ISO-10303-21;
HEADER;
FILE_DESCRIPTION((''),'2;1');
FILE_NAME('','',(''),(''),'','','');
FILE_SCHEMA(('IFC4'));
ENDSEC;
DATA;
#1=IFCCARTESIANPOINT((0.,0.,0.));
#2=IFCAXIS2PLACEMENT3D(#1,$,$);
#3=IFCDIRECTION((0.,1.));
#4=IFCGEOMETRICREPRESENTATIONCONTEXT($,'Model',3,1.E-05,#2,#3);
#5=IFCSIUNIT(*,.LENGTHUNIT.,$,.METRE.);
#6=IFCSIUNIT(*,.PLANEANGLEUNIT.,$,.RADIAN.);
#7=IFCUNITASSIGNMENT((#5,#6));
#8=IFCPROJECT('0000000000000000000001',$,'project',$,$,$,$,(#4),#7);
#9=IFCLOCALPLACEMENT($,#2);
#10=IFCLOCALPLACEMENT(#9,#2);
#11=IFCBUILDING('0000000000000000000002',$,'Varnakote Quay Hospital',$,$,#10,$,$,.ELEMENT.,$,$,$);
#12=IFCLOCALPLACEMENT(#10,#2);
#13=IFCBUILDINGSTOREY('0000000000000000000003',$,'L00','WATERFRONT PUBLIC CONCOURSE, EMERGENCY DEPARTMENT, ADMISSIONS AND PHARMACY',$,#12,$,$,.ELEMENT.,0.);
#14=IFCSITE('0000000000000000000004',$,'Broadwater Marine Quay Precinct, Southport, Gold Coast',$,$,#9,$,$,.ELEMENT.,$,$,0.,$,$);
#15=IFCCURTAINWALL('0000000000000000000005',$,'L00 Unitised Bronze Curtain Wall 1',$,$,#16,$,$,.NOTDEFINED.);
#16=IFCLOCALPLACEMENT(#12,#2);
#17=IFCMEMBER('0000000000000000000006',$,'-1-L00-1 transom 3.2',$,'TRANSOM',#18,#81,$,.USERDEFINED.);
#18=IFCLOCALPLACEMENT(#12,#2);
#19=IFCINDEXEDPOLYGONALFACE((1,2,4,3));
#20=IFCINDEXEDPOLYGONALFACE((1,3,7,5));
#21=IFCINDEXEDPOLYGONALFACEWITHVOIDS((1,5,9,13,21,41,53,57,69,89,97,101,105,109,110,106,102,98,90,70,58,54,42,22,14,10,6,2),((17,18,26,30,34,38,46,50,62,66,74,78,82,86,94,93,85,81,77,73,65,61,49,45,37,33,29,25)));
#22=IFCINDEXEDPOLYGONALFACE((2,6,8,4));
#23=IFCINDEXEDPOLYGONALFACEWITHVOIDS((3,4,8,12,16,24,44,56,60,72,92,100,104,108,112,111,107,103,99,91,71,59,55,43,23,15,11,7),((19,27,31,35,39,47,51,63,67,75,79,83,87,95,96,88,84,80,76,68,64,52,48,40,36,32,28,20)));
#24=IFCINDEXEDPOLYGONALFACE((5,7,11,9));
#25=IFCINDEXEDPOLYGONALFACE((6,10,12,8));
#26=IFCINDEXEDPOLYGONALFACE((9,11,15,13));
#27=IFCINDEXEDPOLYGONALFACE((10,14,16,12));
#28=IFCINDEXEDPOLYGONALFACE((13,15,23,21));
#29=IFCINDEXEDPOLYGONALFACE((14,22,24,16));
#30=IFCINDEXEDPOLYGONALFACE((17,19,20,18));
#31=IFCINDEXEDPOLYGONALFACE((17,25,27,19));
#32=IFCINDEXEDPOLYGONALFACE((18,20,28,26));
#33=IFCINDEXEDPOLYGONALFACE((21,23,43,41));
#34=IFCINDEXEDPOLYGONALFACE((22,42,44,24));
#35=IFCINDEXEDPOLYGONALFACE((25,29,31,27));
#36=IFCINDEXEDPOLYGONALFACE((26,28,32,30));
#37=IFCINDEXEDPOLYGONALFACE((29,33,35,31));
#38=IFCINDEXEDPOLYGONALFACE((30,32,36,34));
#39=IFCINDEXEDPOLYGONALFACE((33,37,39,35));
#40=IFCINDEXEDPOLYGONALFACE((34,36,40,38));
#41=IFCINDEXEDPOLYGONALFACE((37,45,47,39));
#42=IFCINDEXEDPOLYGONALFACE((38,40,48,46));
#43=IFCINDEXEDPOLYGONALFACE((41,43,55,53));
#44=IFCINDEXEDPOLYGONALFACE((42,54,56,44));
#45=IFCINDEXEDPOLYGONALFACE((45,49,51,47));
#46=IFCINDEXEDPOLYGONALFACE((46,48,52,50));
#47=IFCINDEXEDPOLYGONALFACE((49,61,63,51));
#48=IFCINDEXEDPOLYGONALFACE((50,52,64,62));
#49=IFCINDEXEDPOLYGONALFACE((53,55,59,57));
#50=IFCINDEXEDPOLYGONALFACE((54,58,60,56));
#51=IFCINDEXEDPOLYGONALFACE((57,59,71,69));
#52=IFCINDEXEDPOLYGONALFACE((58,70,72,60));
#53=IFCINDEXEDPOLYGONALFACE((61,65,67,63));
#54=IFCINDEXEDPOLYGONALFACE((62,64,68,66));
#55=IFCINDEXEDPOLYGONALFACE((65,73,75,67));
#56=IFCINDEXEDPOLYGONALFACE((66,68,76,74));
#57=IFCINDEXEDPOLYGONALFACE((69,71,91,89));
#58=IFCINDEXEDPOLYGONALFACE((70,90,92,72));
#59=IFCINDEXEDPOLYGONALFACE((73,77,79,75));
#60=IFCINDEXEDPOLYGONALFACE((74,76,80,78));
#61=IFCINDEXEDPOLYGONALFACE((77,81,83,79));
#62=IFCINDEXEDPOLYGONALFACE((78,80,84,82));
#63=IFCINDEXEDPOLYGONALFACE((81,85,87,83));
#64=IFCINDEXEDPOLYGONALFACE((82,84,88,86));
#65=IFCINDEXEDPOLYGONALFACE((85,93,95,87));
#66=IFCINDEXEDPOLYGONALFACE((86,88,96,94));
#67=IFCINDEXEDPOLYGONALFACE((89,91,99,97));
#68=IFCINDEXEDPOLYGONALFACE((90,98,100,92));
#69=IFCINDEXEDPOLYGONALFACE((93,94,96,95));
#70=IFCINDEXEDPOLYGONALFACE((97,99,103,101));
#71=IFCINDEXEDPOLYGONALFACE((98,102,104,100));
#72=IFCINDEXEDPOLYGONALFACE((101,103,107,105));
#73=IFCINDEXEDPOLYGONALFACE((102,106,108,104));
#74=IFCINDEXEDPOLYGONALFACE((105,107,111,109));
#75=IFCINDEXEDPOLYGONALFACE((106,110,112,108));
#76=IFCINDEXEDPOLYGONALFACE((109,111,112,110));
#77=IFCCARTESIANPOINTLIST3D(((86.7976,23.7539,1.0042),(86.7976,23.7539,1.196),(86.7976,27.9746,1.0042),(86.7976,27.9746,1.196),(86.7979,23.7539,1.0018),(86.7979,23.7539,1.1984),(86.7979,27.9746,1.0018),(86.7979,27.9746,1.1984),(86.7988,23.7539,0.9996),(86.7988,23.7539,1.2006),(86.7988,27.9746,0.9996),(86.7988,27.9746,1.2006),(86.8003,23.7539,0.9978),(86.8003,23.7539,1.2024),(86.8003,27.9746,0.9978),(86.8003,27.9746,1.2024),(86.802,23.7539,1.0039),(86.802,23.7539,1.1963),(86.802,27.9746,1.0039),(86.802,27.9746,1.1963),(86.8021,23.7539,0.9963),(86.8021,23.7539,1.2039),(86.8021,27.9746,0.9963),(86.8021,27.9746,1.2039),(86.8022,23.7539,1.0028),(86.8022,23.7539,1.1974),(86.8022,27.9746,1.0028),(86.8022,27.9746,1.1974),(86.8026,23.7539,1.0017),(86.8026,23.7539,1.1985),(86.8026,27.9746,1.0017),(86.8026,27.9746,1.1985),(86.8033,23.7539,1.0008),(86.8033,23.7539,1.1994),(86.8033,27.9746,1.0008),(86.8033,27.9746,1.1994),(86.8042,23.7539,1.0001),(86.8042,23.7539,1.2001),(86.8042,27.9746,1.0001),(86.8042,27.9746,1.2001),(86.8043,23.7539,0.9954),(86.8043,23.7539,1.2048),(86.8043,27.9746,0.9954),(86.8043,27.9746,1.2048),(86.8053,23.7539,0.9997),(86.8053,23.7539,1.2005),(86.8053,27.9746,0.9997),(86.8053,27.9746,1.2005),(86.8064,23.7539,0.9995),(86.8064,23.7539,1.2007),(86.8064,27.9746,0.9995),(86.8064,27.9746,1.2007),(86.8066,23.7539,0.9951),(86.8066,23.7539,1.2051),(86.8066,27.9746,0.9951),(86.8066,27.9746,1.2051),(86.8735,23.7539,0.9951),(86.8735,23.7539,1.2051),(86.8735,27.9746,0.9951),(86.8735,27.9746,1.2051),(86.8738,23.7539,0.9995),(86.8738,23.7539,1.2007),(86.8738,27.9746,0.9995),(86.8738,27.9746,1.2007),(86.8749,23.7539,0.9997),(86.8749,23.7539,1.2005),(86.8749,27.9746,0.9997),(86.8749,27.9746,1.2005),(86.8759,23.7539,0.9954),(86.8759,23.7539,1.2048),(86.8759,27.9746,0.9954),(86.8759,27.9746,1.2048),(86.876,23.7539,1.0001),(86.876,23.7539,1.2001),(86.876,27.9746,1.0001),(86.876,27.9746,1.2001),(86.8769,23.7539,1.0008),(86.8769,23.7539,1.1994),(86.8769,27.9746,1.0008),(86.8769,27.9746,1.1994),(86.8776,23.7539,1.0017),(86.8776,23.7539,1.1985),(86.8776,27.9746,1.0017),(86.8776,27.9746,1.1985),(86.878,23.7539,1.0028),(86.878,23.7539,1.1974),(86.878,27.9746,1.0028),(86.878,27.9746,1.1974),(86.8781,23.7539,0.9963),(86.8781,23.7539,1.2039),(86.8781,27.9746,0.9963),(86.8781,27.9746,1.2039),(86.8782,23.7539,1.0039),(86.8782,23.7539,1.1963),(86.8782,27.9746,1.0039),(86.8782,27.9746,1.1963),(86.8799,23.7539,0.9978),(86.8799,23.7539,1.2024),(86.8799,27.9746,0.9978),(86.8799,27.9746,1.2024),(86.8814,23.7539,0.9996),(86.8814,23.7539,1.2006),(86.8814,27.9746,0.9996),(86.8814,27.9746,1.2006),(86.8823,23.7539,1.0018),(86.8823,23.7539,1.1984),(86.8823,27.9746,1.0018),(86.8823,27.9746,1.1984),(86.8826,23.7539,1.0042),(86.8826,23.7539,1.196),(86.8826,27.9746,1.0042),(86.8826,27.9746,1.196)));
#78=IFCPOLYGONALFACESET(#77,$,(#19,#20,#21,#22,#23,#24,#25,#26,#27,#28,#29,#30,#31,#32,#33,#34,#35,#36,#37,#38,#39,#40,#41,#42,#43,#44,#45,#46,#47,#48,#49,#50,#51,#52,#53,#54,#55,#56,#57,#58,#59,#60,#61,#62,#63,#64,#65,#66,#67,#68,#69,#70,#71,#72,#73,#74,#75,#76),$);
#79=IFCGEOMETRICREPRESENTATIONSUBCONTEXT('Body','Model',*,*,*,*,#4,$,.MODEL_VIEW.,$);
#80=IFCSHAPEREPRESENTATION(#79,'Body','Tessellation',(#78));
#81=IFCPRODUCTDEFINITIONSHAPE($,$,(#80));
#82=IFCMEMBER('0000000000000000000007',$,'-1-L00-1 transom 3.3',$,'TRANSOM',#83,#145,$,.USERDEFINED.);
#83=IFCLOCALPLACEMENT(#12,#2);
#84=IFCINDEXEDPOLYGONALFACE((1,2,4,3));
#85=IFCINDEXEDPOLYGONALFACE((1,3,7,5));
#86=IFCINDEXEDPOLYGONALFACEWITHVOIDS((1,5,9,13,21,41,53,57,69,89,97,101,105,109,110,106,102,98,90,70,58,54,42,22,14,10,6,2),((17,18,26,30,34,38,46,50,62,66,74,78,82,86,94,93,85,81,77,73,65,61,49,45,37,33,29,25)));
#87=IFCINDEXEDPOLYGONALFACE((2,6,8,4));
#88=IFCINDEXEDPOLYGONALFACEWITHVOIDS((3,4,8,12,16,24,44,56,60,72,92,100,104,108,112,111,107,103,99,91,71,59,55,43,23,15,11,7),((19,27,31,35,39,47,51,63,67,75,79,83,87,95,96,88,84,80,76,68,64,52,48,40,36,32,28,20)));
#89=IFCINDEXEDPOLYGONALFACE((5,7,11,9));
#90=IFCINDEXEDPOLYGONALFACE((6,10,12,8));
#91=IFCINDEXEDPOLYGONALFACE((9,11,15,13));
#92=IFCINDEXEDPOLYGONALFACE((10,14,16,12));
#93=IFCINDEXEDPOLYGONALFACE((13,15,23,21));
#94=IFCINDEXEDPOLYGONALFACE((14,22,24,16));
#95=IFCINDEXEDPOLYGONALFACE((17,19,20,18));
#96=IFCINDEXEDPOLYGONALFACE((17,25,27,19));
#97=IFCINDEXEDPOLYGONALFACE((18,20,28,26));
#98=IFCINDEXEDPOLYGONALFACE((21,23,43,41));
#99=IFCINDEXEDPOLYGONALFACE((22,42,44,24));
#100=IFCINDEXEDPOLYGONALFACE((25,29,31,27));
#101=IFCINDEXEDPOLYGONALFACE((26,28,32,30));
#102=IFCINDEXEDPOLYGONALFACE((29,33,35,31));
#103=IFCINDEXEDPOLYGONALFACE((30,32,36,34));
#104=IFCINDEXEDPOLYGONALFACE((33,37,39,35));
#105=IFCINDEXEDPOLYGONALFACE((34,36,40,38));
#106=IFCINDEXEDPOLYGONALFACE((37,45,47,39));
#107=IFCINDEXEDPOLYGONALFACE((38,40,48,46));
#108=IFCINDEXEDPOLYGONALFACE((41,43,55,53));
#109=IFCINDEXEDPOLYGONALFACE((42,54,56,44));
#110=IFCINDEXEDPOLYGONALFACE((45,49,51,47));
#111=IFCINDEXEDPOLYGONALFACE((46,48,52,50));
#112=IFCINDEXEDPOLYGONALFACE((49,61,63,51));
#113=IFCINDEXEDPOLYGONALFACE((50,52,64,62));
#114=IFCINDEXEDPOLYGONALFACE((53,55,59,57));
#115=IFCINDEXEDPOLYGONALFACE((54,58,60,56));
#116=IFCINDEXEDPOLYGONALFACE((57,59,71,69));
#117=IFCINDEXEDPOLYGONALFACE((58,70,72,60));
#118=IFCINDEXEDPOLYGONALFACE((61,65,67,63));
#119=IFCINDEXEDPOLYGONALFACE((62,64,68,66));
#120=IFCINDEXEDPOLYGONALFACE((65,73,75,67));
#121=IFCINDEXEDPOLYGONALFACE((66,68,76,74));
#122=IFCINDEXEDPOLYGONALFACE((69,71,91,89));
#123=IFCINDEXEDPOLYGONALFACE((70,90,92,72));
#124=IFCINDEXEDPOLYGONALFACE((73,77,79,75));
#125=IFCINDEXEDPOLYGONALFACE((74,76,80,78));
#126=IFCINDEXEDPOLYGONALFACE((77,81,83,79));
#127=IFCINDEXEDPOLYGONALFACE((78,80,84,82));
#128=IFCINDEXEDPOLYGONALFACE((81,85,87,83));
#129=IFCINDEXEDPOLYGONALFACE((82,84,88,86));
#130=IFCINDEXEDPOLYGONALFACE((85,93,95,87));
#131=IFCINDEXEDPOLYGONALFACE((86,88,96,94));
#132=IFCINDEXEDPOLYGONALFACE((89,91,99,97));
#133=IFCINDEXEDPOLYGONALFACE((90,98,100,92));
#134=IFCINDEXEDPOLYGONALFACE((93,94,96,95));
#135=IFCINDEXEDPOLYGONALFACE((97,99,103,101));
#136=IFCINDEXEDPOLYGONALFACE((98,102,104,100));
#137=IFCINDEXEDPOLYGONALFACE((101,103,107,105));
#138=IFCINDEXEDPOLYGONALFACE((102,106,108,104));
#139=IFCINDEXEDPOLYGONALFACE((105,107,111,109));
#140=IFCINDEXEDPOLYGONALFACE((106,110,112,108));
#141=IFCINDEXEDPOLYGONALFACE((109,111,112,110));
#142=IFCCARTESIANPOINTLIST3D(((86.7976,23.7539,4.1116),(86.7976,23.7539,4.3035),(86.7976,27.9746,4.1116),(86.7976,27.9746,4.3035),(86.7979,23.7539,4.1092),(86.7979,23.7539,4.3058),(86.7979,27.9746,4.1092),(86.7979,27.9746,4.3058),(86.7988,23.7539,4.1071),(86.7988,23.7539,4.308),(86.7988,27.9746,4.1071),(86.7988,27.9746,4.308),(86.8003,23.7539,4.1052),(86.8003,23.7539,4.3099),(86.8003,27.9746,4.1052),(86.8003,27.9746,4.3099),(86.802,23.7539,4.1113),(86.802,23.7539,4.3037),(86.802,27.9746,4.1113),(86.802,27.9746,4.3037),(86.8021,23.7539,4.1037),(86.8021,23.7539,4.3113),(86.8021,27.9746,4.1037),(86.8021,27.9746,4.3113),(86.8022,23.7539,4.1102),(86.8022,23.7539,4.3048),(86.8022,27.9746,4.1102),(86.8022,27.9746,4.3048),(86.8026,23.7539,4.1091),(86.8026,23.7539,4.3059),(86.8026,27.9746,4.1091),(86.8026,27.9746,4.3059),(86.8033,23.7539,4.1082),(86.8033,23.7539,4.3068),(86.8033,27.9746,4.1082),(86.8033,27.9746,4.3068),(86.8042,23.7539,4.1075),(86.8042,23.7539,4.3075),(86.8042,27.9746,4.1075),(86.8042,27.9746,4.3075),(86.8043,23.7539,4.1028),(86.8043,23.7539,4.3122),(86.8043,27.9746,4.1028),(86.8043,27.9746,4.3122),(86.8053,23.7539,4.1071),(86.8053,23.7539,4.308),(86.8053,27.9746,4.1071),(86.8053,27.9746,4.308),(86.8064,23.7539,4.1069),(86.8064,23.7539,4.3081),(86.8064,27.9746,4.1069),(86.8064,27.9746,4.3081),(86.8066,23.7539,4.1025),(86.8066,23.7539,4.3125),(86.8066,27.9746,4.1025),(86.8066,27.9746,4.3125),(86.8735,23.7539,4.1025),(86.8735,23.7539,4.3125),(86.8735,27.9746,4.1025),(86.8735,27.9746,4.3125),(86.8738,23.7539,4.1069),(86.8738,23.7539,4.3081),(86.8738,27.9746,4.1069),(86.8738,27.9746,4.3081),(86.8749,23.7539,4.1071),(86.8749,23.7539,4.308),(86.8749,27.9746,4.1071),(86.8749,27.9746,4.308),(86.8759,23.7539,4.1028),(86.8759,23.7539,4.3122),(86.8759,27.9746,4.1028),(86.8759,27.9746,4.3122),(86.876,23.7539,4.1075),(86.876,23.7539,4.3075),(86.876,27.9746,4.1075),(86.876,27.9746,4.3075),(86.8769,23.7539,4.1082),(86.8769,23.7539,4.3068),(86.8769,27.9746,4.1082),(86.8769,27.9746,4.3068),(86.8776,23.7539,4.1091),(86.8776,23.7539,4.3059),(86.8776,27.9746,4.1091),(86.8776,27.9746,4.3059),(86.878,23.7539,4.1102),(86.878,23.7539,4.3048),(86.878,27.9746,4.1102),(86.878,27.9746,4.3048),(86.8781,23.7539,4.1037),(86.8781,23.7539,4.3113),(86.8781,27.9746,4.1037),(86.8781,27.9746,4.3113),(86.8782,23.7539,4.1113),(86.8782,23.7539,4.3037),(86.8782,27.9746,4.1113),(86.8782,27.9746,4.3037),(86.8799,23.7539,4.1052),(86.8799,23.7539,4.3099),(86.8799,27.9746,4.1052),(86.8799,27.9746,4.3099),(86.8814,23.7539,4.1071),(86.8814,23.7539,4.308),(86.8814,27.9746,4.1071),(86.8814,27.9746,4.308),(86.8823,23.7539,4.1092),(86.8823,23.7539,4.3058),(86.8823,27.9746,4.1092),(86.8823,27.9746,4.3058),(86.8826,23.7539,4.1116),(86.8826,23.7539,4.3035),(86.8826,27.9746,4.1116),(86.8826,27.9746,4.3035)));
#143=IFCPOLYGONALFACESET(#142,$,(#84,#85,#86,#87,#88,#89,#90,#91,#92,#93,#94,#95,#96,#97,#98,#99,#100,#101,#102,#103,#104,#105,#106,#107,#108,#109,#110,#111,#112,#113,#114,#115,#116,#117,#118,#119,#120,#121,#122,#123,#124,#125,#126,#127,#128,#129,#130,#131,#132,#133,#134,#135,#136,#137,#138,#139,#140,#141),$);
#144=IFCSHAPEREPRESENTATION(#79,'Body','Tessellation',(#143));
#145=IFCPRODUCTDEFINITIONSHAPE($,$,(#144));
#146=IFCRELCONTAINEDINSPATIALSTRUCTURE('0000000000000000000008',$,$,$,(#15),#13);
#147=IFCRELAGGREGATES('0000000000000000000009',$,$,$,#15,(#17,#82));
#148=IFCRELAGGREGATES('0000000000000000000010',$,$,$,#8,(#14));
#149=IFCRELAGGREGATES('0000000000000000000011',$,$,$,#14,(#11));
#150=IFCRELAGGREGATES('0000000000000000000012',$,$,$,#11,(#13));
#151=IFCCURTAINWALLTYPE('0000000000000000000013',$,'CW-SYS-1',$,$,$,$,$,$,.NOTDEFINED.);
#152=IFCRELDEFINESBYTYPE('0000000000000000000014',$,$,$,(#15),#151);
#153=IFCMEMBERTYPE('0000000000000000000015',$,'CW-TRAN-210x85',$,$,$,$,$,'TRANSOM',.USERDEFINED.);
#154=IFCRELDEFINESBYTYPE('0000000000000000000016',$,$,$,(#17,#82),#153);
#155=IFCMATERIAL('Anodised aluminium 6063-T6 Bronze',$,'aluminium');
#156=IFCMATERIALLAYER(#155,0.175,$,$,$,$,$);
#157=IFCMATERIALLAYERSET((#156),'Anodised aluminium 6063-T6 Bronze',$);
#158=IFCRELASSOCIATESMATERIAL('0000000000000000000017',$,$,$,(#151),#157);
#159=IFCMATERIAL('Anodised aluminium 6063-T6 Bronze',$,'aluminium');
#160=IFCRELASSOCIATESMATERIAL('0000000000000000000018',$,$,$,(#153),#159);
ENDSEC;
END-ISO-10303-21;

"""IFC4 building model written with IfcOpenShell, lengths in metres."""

from ifc_helpers import new_model, si_unit, direction, frame, origin, origin_2d, place, context, subcontext, project, spatial, hollow_rectangle, extrude, material, layer, layer_set, material_profile, profile_set, type_object, element, aggregate, save


model = new_model("IFC4")

# Units and contexts
model_context = context("Model", 3, precision=1e-05, world=origin(), true_north=direction((0.0, 1.0)))
body_context = subcontext(model_context, "Body", "Model", "MODEL_VIEW")
ifc_project = project(units=[si_unit("LENGTHUNIT", "METRE"), si_unit("PLANEANGLEUNIT", "RADIAN")], contexts=[model_context])

# Site, building, storey
site_placement = place(None, origin())
site = spatial("IfcSite", under=ifc_project, at=site_placement, Name="Broadwater Marine Quay Precinct, Southport, Gold Coast", CompositionType="ELEMENT", RefElevation=0.0)
building_placement = place(site_placement, origin())
building = spatial("IfcBuilding", under=site, at=building_placement, Name="Varnakote Quay Hospital", CompositionType="ELEMENT")
storey_placement = place(building_placement, origin())
storey = spatial("IfcBuildingStorey", under=building, at=storey_placement, Name="L00", Description="WATERFRONT PUBLIC CONCOURSE, EMERGENCY DEPARTMENT, ADMISSIONS AND PHARMACY", CompositionType="ELEMENT", Elevation=0.0)

# Curtain wall, members
ifc_material_1 = material(Name="Anodised aluminium 6063-T6 Bronze", Category="aluminium")
ifc_layer_1 = layer(ifc_material_1, 0.175)
ifc_layer_set_1 = layer_set([ifc_layer_1], Name="Anodised aluminium 6063-T6 Bronze")
curtain_wall_type = type_object("IfcCurtainWallType", Name="CW-SYS-1", PredefinedType="NOTDEFINED", material=ifc_layer_set_1)
curtain_wall_placement = place(storey_placement, origin())
curtain_wall = element("IfcCurtainWall", 1, at=curtain_wall_placement, inside=storey, type_object=curtain_wall_type, Name="L00 Unitised Bronze Curtain Wall 1", PredefinedType="NOTDEFINED")
ifc_material_2 = material(Name="Anodised aluminium 6063-T6 Bronze", Category="aluminium")
ifc_material_profile_1 = material_profile(ifc_material_2, hollow_rectangle(XDim=0.085, YDim=0.21, WallThickness=0.0044, InnerFilletRadius=0.0044, OuterFilletRadius=0.009, at=origin_2d()), Name="CW-TRAN-210x85")
ifc_profile_set_1 = profile_set([ifc_material_profile_1], Name="Anodised aluminium 6063-T6 Bronze")
member_type_1 = type_object("IfcMemberType", Name="CW-TRAN-210x85", ElementType="TRANSOM", PredefinedType="USERDEFINED", material=ifc_profile_set_1)
member_1_placement = place(storey_placement, frame((86.8401, 23.7539, 1.1001), z_axis=(0.0, 1.0, 0.0), x_axis=(-1.0, 0.0, 0.0)))
member_1 = element("IfcMember", 2, at=member_1_placement, type_object=member_type_1, Name="-1-L00-1 transom 3.2", ObjectType="TRANSOM", PredefinedType="USERDEFINED", context=body_context, shape_type="SweptSolid", body=[
    extrude(hollow_rectangle(XDim=0.085, YDim=0.21, WallThickness=0.0044, InnerFilletRadius=0.0044, OuterFilletRadius=0.009, at=origin_2d()), origin(), (0.0, 0.0, 1.0), 4.2207),
])
member_2_placement = place(storey_placement, frame((86.8401, 23.7539, 4.2075), z_axis=(0.0, 1.0, 0.0), x_axis=(-1.0, 0.0, 0.0)))
member_2 = element("IfcMember", 3, at=member_2_placement, type_object=member_type_1, Name="-1-L00-1 transom 3.3", ObjectType="TRANSOM", PredefinedType="USERDEFINED", context=body_context, shape_type="SweptSolid", body=[
    extrude(hollow_rectangle(XDim=0.085, YDim=0.21, WallThickness=0.0044, InnerFilletRadius=0.0044, OuterFilletRadius=0.009, at=origin_2d()), origin(), (0.0, 0.0, 1.0), 4.2207),
])

aggregate(curtain_wall, [member_1, member_2])

save(model, "model.ifc")
